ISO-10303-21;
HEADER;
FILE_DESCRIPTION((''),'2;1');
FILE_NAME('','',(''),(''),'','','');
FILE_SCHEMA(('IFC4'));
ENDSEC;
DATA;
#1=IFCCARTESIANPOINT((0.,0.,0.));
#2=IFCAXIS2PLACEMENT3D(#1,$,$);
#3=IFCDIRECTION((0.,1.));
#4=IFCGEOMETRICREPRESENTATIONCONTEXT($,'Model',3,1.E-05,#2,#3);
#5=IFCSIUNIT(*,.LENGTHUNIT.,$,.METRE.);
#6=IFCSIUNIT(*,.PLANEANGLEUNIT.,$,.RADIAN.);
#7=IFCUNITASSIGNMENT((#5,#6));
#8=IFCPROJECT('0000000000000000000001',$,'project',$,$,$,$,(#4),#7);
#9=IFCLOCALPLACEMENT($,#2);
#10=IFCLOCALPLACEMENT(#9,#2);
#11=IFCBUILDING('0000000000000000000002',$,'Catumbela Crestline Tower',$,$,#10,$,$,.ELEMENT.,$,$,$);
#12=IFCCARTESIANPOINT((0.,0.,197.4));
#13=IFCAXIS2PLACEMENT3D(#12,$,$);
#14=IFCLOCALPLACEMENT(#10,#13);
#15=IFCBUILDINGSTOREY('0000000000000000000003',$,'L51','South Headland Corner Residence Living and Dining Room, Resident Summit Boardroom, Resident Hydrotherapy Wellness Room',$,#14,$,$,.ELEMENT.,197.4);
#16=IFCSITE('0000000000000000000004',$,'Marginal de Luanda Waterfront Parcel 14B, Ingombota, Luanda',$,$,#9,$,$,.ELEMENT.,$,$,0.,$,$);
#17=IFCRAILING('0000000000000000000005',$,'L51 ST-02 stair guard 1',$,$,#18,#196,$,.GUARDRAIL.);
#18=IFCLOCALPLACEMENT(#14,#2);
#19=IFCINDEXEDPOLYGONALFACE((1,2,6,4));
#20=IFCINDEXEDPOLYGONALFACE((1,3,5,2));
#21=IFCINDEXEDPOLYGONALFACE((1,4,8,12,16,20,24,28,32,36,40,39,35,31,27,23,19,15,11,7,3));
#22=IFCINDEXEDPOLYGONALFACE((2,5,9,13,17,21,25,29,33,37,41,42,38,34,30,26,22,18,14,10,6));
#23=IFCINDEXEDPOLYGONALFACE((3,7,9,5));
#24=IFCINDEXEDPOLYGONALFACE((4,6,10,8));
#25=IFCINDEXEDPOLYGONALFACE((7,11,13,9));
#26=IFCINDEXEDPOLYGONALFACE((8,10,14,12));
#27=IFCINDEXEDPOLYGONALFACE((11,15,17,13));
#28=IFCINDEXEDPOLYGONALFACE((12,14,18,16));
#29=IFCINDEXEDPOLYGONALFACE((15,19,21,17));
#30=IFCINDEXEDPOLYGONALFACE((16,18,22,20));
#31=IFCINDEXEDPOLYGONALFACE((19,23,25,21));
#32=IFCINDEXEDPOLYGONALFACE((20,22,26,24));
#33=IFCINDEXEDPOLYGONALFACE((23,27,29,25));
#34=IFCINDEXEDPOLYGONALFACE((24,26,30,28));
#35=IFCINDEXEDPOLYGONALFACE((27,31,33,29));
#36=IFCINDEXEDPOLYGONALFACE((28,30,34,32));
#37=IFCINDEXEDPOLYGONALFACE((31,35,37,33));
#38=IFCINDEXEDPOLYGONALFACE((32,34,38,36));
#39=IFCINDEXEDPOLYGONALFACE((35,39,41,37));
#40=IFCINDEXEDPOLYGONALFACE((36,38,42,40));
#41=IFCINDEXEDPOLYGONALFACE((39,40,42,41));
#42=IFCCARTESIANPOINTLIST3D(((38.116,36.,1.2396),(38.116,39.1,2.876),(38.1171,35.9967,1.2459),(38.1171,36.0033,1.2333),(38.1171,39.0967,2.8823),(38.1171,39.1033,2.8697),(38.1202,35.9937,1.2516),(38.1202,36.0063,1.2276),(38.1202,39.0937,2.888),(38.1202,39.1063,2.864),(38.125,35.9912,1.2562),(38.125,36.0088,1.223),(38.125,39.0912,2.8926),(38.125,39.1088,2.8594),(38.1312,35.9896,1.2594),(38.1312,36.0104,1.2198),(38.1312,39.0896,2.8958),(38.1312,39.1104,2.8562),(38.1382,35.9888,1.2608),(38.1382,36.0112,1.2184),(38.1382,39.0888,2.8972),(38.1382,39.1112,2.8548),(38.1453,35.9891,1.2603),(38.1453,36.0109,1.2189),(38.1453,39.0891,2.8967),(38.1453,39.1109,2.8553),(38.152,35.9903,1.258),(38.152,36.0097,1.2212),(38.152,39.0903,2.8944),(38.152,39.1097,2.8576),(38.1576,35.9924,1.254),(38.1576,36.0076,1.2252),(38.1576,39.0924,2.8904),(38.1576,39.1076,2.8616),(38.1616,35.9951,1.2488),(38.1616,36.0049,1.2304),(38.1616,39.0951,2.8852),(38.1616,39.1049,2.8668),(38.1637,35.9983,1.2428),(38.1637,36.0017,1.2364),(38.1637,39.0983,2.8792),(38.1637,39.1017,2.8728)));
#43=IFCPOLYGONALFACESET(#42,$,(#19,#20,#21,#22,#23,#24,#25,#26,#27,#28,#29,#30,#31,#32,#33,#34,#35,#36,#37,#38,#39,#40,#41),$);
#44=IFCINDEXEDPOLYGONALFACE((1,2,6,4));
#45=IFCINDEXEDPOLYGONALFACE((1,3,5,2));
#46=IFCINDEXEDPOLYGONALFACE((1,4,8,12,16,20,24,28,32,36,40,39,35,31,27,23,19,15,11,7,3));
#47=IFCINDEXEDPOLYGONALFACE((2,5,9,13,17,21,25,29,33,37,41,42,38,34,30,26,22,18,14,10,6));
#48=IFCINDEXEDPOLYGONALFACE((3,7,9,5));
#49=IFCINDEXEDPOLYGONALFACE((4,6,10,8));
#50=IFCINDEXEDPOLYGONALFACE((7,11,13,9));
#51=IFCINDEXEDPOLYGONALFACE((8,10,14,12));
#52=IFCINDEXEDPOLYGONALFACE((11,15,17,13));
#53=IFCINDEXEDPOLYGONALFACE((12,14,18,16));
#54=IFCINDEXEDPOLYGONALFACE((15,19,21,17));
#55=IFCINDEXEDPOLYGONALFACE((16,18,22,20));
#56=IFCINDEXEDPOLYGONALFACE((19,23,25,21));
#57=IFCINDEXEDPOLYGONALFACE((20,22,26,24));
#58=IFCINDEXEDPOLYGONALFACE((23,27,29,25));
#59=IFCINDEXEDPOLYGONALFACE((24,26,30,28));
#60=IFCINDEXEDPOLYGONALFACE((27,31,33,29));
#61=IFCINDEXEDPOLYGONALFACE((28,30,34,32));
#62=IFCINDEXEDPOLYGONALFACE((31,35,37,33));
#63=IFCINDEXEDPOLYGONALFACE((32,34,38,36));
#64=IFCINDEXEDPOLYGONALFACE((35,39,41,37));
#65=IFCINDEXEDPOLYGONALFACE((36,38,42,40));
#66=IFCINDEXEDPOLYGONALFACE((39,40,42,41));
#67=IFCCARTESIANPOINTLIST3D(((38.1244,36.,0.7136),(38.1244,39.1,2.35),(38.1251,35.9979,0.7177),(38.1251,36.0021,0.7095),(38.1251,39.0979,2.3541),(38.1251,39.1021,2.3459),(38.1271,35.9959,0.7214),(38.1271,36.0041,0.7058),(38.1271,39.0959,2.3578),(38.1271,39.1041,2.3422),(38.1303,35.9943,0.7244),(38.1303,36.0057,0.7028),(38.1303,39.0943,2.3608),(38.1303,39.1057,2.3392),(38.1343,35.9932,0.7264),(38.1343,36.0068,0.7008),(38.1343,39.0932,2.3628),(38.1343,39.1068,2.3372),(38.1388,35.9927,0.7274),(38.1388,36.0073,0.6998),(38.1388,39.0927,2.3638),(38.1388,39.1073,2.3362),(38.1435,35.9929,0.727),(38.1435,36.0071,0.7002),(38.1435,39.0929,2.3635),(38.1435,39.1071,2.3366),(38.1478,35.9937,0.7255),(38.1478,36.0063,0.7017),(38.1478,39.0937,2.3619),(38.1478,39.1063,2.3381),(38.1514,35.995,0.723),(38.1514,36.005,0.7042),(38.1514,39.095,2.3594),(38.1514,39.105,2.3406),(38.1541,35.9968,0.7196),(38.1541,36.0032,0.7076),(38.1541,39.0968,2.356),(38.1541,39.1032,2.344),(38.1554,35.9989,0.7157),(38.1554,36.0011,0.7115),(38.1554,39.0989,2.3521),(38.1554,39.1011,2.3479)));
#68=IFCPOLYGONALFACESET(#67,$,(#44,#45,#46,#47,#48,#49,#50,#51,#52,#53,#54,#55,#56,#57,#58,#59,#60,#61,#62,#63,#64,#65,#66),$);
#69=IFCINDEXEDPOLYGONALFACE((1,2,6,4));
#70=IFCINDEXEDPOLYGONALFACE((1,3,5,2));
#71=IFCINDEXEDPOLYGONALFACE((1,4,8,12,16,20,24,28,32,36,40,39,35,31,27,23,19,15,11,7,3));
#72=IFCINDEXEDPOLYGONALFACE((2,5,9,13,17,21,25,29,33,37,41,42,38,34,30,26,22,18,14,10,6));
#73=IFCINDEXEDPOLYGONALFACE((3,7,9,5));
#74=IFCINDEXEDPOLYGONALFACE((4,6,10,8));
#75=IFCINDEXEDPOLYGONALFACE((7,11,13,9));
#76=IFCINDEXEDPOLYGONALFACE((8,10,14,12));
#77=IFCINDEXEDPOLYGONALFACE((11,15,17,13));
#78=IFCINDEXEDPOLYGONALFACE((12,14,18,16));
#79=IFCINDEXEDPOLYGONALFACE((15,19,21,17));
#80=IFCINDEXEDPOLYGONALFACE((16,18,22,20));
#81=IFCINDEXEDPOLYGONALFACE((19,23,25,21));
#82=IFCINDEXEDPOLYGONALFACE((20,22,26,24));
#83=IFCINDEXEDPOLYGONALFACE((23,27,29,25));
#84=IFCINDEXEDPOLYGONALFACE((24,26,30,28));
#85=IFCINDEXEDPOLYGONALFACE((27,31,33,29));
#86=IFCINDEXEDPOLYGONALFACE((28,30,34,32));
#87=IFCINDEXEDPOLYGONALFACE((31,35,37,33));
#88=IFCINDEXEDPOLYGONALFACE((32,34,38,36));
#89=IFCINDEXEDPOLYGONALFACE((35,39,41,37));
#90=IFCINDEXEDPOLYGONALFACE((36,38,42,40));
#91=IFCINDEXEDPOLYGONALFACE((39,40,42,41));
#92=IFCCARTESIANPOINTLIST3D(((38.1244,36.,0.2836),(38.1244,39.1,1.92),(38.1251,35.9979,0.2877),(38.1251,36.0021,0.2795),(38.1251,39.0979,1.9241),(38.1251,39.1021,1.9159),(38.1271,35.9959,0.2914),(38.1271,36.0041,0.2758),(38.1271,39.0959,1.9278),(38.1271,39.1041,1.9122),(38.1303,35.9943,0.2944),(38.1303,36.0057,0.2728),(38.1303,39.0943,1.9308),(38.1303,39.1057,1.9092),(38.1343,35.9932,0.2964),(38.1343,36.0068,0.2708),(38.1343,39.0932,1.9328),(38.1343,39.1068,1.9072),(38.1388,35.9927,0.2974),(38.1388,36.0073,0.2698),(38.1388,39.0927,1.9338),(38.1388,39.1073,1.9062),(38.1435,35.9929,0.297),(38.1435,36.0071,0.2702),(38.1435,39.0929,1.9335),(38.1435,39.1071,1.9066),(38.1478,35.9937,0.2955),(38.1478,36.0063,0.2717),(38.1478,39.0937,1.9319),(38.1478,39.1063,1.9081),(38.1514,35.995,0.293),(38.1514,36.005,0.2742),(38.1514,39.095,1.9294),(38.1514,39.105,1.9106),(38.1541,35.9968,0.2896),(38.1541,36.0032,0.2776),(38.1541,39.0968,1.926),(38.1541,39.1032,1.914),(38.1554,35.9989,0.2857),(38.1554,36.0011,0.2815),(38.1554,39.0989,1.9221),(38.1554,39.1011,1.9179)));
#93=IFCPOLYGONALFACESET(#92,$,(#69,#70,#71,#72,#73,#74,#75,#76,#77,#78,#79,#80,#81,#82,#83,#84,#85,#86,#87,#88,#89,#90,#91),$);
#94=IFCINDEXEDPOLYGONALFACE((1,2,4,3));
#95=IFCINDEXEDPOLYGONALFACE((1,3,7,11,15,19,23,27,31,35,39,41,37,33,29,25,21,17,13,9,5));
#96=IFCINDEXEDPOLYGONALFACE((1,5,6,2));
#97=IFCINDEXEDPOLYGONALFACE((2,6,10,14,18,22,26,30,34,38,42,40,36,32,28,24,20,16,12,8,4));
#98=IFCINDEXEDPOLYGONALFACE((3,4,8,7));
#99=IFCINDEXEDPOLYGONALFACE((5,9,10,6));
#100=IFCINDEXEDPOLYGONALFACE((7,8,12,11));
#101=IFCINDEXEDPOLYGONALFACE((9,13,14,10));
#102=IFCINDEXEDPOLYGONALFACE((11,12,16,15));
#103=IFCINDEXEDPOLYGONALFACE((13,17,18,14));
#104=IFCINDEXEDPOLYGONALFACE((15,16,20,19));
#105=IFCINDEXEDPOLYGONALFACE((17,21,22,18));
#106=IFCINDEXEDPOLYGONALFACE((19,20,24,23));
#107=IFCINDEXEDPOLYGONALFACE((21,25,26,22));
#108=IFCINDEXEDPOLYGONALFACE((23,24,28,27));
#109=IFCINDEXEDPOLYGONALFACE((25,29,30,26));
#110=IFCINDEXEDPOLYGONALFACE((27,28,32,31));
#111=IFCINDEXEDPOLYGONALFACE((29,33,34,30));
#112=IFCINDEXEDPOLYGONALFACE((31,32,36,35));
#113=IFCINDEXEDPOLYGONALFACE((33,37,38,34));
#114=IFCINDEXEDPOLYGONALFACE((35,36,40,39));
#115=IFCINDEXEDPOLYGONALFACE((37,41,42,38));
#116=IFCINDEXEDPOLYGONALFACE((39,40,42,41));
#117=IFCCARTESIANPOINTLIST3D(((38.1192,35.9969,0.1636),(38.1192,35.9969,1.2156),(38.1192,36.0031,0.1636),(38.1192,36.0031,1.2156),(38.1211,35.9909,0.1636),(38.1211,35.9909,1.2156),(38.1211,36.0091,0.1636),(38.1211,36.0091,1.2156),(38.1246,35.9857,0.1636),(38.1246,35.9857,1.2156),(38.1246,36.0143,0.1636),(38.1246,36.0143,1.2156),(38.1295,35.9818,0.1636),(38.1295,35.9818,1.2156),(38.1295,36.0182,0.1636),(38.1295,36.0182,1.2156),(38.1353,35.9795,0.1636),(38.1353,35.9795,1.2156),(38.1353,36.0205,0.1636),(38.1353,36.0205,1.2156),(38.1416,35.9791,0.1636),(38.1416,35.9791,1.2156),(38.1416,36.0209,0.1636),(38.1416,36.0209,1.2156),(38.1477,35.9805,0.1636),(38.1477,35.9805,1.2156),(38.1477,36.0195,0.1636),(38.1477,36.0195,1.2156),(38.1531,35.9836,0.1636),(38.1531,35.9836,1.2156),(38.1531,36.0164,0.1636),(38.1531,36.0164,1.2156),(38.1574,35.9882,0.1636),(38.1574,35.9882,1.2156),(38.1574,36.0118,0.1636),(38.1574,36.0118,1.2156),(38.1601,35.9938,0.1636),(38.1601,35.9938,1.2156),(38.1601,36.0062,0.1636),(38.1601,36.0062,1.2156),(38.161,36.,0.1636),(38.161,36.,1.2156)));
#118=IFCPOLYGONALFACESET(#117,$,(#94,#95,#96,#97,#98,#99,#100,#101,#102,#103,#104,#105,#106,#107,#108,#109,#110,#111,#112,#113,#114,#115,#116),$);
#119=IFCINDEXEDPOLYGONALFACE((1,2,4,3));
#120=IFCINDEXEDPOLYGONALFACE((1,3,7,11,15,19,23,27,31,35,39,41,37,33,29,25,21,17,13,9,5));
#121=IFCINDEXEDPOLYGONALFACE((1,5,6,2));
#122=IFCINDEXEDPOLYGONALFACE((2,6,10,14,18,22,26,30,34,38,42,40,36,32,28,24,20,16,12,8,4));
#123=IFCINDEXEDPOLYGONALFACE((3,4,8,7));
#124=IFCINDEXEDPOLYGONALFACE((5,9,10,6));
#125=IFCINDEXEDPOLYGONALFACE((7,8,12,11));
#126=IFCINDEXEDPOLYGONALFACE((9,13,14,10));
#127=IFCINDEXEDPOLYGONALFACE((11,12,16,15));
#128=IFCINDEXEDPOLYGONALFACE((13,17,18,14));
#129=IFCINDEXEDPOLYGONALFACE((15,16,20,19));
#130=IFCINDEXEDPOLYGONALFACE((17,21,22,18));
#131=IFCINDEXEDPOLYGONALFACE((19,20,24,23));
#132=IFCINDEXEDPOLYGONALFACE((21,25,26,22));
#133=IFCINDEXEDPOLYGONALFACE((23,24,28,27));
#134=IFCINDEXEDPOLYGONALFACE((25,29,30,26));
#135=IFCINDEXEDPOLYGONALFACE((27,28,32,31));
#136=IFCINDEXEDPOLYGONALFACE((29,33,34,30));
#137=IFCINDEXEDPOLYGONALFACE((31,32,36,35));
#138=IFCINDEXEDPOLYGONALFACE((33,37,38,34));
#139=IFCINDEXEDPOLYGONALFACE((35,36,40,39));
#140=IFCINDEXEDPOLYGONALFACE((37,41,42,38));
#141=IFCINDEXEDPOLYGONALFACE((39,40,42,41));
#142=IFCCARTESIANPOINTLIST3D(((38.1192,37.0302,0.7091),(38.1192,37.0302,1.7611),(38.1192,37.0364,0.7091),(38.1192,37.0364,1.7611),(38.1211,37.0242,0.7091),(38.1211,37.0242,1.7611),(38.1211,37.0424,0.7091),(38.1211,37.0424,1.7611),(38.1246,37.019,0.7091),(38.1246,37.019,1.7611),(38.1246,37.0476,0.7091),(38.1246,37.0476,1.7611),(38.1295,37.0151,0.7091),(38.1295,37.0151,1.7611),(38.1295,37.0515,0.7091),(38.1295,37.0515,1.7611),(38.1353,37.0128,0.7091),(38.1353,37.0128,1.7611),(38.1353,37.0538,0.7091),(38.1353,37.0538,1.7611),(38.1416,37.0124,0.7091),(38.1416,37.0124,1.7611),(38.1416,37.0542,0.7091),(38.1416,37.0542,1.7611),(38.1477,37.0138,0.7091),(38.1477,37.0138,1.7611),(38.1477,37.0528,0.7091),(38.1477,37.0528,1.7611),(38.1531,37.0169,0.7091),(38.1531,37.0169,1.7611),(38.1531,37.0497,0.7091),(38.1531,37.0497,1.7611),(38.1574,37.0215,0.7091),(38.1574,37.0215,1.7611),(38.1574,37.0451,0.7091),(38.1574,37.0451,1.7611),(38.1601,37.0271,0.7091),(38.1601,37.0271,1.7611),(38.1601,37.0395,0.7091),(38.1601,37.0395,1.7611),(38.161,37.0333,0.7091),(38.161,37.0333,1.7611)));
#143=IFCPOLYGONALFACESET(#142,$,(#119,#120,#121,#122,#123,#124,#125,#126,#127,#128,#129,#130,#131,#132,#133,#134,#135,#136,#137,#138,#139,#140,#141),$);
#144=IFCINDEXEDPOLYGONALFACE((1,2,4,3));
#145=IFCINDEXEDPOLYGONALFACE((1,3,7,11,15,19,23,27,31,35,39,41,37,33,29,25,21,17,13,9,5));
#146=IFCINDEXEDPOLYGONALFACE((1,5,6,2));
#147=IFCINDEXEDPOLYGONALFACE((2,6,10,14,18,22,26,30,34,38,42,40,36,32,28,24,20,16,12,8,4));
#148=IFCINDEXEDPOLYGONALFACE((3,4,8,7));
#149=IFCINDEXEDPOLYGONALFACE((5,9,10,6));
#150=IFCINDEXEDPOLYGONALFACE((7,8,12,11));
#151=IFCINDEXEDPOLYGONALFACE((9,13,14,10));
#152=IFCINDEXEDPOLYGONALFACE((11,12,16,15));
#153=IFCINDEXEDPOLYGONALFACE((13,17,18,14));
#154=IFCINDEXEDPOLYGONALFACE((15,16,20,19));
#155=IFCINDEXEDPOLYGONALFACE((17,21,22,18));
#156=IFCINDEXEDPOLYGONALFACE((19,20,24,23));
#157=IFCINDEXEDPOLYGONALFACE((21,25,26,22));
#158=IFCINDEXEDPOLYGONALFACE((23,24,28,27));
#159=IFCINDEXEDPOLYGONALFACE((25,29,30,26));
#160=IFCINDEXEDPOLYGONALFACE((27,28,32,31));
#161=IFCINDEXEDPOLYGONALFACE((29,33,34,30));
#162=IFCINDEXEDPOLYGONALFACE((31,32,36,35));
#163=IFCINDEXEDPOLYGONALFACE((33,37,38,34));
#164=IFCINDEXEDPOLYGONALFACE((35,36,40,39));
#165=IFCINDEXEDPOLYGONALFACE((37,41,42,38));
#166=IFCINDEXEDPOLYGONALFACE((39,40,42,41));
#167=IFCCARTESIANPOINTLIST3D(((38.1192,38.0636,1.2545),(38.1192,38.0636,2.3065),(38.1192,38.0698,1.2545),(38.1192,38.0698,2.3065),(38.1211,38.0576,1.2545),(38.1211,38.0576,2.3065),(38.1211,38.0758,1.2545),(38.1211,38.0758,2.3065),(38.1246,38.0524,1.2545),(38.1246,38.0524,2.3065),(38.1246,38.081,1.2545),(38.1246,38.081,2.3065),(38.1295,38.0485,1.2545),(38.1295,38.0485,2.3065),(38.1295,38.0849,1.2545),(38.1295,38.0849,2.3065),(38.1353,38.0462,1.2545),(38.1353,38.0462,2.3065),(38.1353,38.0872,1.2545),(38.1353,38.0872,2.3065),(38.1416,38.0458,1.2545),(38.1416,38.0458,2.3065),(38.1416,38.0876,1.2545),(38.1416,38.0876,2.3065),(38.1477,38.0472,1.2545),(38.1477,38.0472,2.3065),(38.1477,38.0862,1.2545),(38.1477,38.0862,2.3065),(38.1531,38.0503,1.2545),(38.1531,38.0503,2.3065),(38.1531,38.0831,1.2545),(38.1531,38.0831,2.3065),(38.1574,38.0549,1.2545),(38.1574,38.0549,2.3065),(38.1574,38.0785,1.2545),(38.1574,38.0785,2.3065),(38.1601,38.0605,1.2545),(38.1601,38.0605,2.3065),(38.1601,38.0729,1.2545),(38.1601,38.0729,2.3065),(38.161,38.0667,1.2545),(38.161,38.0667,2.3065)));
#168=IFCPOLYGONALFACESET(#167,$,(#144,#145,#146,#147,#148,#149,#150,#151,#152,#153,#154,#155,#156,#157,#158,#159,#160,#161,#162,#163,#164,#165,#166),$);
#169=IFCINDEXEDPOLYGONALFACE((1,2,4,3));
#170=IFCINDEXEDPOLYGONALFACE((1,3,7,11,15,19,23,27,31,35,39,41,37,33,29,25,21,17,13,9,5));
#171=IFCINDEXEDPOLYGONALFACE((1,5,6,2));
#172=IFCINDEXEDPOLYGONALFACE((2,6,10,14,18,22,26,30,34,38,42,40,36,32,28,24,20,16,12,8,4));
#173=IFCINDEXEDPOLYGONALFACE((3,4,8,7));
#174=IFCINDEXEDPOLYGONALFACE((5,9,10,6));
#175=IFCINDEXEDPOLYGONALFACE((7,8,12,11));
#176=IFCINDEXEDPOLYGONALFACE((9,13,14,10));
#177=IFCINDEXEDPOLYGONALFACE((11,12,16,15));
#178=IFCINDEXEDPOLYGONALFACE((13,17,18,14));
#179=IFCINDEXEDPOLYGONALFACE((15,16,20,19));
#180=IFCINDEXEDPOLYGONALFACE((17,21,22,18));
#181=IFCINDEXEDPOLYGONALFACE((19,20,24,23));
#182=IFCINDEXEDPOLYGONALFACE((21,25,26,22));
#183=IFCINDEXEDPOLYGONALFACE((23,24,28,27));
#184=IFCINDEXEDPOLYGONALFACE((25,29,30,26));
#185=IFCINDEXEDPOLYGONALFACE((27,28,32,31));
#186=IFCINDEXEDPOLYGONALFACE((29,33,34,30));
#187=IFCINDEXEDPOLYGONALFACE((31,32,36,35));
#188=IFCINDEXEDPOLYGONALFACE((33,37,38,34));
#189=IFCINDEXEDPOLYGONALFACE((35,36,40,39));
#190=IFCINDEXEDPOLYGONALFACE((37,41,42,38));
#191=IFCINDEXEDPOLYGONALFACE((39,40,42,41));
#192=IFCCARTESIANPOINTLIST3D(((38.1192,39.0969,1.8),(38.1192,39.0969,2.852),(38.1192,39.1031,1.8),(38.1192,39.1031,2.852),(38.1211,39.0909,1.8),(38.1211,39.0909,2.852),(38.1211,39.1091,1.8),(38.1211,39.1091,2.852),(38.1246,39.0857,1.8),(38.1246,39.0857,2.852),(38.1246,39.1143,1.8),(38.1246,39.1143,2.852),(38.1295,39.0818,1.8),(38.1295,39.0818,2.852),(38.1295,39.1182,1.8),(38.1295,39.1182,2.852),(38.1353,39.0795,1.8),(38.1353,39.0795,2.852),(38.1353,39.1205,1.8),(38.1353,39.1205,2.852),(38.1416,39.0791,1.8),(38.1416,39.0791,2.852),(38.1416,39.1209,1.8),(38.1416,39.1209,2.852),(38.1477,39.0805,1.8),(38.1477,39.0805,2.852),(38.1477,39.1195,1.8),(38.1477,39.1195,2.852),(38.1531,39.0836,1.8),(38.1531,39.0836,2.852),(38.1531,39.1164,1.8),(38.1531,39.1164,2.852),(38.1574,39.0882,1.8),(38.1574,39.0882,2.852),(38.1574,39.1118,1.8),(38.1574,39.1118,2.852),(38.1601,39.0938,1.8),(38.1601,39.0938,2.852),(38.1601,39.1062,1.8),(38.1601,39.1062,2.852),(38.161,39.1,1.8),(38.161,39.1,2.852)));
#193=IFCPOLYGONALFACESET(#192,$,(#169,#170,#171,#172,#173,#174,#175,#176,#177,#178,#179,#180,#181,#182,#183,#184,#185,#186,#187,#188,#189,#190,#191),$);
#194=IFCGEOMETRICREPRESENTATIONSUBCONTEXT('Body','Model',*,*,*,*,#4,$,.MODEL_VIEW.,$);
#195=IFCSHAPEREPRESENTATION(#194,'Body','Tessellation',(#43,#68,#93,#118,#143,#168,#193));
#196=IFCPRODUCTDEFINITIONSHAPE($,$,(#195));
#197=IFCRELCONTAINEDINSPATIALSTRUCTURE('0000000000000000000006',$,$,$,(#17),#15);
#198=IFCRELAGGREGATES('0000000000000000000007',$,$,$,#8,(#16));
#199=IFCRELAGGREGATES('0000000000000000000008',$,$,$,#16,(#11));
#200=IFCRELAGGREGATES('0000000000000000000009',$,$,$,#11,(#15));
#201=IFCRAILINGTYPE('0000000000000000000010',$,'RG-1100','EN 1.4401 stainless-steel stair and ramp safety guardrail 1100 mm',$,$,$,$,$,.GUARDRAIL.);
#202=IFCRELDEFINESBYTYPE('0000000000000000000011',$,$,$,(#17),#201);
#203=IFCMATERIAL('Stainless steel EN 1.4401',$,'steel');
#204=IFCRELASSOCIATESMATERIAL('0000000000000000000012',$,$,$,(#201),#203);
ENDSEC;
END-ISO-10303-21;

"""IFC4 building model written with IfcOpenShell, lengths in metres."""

from ifc_helpers import new_model, si_unit, direction, frame, origin, origin_2d, place, context, subcontext, project, spatial, circle, extrude, material, type_object, element, save


model = new_model("IFC4")

# Units and contexts
model_context = context("Model", 3, precision=1e-05, world=origin(), true_north=direction((0.0, 1.0)))
body_context = subcontext(model_context, "Body", "Model", "MODEL_VIEW")
ifc_project = project(units=[si_unit("LENGTHUNIT", "METRE"), si_unit("PLANEANGLEUNIT", "RADIAN")], contexts=[model_context])

# Site, building, storey
site_placement = place(None, origin())
site = spatial("IfcSite", under=ifc_project, at=site_placement, Name="Marginal de Luanda Waterfront Parcel 14B, Ingombota, Luanda", CompositionType="ELEMENT", RefElevation=0.0)
building_placement = place(site_placement, origin())
building = spatial("IfcBuilding", under=site, at=building_placement, Name="Catumbela Crestline Tower", CompositionType="ELEMENT")
storey_placement = place(building_placement, frame((0.0, 0.0, 197.4)))
storey = spatial("IfcBuildingStorey", under=building, at=storey_placement, Name="L51", Description="South Headland Corner Residence Living and Dining Room, Resident Summit Boardroom, Resident Hydrotherapy Wellness Room", CompositionType="ELEMENT", Elevation=197.4)

# Shared definitions
ifc_material_1 = material(Name="Stainless steel EN 1.4401", Category="steel")

# Railing
railing_type_1 = type_object("IfcRailingType", Name="RG-1100", Description="EN 1.4401 stainless-steel stair and ramp safety guardrail 1100 mm", PredefinedType="GUARDRAIL", material=ifc_material_1)
railing_1_placement = place(storey_placement, frame((38.14, 36.0, 0.1636)))
element("IfcRailing", 1, at=railing_1_placement, inside=storey, type_object=railing_type_1, Name="L51 ST-02 stair guard 1", PredefinedType="GUARDRAIL", context=body_context, shape_type="SweptSolid", body=[
    extrude(circle(Radius=0.024, at=origin_2d()), frame((0.0, 0.0, 1.076), z_axis=(0.0, 0.884351, 0.466823), x_axis=(-1.0, 0.0, 0.0)), (0.0, 0.0, 1.0), 3.5054),
    extrude(circle(Radius=0.0156, at=origin_2d()), frame((0.0, 0.0, 0.55), z_axis=(0.0, 0.884351, 0.466823), x_axis=(-1.0, 0.0, 0.0)), (0.0, 0.0, 1.0), 3.5054),
    extrude(circle(Radius=0.0156, at=origin_2d()), frame((0.0, 0.0, 0.12), z_axis=(0.0, 0.884351, 0.466823), x_axis=(-1.0, 0.0, 0.0)), (0.0, 0.0, 1.0), 3.5054),
    extrude(circle(Radius=0.021, at=origin_2d()), origin(), (0.0, 0.0, 1.0), 1.052),
    extrude(circle(Radius=0.021, at=origin_2d()), frame((0.0, 1.0333, 0.5455)), (0.0, 0.0, 1.0), 1.052),
    extrude(circle(Radius=0.021, at=origin_2d()), frame((0.0, 2.0667, 1.0909)), (0.0, 0.0, 1.0), 1.052),
    extrude(circle(Radius=0.021, at=origin_2d()), frame((0.0, 3.1, 1.6364)), (0.0, 0.0, 1.0), 1.052),
])

save(model, "model.ifc")
